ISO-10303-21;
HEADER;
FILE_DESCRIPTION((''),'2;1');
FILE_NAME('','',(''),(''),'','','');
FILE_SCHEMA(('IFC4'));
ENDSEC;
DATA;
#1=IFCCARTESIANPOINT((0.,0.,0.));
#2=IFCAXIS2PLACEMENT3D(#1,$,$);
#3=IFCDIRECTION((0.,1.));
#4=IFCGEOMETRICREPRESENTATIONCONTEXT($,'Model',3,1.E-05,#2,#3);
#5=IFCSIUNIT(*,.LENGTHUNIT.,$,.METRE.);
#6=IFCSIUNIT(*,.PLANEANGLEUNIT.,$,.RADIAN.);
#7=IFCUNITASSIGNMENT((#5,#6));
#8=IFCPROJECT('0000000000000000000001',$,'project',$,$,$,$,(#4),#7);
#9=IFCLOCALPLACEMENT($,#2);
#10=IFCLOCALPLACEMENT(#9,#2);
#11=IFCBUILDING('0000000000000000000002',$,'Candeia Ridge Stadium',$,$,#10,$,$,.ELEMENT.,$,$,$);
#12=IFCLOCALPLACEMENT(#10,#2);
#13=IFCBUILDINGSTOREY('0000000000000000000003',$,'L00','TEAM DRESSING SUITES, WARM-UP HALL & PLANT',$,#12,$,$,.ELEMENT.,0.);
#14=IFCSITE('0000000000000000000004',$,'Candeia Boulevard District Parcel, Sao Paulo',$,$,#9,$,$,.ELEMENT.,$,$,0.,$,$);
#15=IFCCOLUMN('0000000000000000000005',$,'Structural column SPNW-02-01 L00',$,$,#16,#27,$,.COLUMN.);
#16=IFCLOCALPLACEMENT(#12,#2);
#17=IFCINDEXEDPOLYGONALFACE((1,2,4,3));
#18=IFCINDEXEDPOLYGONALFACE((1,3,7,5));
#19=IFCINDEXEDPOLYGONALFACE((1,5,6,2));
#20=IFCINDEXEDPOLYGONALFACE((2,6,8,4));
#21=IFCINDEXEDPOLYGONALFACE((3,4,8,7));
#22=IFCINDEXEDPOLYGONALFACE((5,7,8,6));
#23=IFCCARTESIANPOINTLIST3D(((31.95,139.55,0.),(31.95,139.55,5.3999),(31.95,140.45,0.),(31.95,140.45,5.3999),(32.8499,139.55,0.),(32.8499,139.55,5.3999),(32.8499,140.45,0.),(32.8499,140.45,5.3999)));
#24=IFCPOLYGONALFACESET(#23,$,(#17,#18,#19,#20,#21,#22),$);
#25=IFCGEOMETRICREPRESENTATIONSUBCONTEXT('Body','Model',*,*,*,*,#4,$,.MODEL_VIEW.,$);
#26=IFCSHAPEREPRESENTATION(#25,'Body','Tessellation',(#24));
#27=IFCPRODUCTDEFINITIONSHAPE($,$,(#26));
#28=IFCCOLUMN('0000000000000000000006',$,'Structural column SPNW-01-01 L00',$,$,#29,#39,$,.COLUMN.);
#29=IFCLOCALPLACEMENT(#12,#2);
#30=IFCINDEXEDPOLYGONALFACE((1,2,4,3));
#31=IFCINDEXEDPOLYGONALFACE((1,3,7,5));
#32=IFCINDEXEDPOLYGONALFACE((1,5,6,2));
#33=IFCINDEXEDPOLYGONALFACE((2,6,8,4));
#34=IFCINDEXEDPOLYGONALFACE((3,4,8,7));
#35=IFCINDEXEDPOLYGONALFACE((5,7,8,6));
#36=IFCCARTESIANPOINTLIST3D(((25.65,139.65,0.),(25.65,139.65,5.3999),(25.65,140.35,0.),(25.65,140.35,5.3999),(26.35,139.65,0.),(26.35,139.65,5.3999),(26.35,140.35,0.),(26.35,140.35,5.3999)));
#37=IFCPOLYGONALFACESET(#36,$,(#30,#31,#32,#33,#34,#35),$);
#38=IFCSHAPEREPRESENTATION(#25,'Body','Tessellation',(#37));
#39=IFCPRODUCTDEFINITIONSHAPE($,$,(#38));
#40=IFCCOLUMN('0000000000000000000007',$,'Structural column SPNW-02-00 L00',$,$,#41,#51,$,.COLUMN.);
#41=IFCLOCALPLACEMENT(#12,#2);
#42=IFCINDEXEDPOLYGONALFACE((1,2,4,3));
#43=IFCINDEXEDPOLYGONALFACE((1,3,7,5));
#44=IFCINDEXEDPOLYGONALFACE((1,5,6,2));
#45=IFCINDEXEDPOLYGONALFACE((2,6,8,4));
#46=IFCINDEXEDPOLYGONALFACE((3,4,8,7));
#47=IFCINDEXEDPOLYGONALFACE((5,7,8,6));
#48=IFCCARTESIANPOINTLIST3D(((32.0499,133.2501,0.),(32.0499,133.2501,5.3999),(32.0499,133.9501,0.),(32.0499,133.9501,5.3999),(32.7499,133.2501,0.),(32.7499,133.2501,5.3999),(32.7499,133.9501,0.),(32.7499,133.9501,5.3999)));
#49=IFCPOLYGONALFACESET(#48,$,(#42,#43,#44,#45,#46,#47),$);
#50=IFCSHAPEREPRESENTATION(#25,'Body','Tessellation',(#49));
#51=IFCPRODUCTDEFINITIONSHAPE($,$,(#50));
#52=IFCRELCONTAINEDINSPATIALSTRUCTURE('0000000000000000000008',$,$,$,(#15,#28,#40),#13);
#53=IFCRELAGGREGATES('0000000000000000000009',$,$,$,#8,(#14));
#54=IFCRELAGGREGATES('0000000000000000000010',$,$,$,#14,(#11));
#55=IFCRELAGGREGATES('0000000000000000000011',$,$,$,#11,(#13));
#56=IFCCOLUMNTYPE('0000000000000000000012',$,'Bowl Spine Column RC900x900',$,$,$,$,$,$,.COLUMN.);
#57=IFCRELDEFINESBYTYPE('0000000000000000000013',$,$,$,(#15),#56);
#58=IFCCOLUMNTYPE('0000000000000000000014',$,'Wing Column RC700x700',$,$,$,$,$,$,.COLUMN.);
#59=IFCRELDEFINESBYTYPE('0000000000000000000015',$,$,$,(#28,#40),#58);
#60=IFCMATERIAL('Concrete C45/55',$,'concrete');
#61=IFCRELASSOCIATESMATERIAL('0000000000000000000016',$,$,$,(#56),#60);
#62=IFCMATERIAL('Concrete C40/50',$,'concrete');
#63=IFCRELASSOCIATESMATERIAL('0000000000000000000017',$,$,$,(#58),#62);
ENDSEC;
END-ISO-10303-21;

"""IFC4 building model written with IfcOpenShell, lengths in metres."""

from ifc_helpers import new_model, si_unit, direction, frame, origin, origin_2d, place, context, subcontext, project, spatial, rectangle, extrude, material, material_profile, profile_set, type_object, element, save


model = new_model("IFC4")

# Units and contexts
model_context = context("Model", 3, precision=1e-05, world=origin(), true_north=direction((0.0, 1.0)))
body_context = subcontext(model_context, "Body", "Model", "MODEL_VIEW")
ifc_project = project(units=[si_unit("LENGTHUNIT", "METRE"), si_unit("PLANEANGLEUNIT", "RADIAN")], contexts=[model_context])

# Site, building, storey
site_placement = place(None, origin())
site = spatial("IfcSite", under=ifc_project, at=site_placement, Name="Candeia Boulevard District Parcel, Sao Paulo", CompositionType="ELEMENT", RefElevation=0.0)
building_placement = place(site_placement, origin())
building = spatial("IfcBuilding", under=site, at=building_placement, Name="Candeia Ridge Stadium", CompositionType="ELEMENT")
storey_placement = place(building_placement, origin())
storey = spatial("IfcBuildingStorey", under=building, at=storey_placement, Name="L00", Description="TEAM DRESSING SUITES, WARM-UP HALL & PLANT", CompositionType="ELEMENT", Elevation=0.0)

# Shared definitions
ifc_material_1 = material(Name="Concrete C40/50", Category="concrete")

# Columns
ifc_material_2 = material(Name="Concrete C45/55", Category="concrete")
ifc_material_profile_1 = material_profile(ifc_material_2, rectangle(XDim=0.8999, YDim=0.8999, at=origin_2d()), Name="RC900x900", Category="concrete")
ifc_profile_set_1 = profile_set([ifc_material_profile_1], Name="Concrete C45/55")
column_type_1 = type_object("IfcColumnType", Name="Bowl Spine Column RC900x900", PredefinedType="COLUMN", material=ifc_profile_set_1)
for number, where, z_axis, x_axis, name in (
    (1, (32.3999, 140.0, 0.0), (0.0, 0.0, 1.0), (1.0, 0.0, 0.0), "Structural column SPNW-02-01 L00"),
):
    element("IfcColumn", number, at=place(storey_placement, frame(where, z_axis=z_axis, x_axis=x_axis)), inside=storey, type_object=column_type_1, Name=name, PredefinedType="COLUMN", context=body_context, shape_type="SweptSolid", body=[
        extrude(rectangle(XDim=0.8999, YDim=0.8999, at=origin_2d()), origin(), (0.0, 0.0, 1.0), 5.3999),
    ])
ifc_material_profile_2 = material_profile(ifc_material_1, rectangle(XDim=0.7, YDim=0.7, at=origin_2d()), Name="RC700x700", Category="concrete")
ifc_profile_set_2 = profile_set([ifc_material_profile_2], Name="Concrete C40/50")
column_type_2 = type_object("IfcColumnType", Name="Wing Column RC700x700", PredefinedType="COLUMN", material=ifc_profile_set_2)
for number, where, z_axis, x_axis, name in (
    (2, (26.0, 140.0, 0.0), (0.0, 0.0, 1.0), (1.0, 0.0, 0.0), "Structural column SPNW-01-01 L00"),
    (3, (32.3999, 133.6001, 0.0), (0.0, 0.0, 1.0), (1.0, 0.0, 0.0), "Structural column SPNW-02-00 L00"),
):
    element("IfcColumn", number, at=place(storey_placement, frame(where, z_axis=z_axis, x_axis=x_axis)), inside=storey, type_object=column_type_2, Name=name, PredefinedType="COLUMN", context=body_context, shape_type="SweptSolid", body=[
        extrude(rectangle(XDim=0.7, YDim=0.7, at=origin_2d()), origin(), (0.0, 0.0, 1.0), 5.3999),
    ])

save(model, "model.ifc")
